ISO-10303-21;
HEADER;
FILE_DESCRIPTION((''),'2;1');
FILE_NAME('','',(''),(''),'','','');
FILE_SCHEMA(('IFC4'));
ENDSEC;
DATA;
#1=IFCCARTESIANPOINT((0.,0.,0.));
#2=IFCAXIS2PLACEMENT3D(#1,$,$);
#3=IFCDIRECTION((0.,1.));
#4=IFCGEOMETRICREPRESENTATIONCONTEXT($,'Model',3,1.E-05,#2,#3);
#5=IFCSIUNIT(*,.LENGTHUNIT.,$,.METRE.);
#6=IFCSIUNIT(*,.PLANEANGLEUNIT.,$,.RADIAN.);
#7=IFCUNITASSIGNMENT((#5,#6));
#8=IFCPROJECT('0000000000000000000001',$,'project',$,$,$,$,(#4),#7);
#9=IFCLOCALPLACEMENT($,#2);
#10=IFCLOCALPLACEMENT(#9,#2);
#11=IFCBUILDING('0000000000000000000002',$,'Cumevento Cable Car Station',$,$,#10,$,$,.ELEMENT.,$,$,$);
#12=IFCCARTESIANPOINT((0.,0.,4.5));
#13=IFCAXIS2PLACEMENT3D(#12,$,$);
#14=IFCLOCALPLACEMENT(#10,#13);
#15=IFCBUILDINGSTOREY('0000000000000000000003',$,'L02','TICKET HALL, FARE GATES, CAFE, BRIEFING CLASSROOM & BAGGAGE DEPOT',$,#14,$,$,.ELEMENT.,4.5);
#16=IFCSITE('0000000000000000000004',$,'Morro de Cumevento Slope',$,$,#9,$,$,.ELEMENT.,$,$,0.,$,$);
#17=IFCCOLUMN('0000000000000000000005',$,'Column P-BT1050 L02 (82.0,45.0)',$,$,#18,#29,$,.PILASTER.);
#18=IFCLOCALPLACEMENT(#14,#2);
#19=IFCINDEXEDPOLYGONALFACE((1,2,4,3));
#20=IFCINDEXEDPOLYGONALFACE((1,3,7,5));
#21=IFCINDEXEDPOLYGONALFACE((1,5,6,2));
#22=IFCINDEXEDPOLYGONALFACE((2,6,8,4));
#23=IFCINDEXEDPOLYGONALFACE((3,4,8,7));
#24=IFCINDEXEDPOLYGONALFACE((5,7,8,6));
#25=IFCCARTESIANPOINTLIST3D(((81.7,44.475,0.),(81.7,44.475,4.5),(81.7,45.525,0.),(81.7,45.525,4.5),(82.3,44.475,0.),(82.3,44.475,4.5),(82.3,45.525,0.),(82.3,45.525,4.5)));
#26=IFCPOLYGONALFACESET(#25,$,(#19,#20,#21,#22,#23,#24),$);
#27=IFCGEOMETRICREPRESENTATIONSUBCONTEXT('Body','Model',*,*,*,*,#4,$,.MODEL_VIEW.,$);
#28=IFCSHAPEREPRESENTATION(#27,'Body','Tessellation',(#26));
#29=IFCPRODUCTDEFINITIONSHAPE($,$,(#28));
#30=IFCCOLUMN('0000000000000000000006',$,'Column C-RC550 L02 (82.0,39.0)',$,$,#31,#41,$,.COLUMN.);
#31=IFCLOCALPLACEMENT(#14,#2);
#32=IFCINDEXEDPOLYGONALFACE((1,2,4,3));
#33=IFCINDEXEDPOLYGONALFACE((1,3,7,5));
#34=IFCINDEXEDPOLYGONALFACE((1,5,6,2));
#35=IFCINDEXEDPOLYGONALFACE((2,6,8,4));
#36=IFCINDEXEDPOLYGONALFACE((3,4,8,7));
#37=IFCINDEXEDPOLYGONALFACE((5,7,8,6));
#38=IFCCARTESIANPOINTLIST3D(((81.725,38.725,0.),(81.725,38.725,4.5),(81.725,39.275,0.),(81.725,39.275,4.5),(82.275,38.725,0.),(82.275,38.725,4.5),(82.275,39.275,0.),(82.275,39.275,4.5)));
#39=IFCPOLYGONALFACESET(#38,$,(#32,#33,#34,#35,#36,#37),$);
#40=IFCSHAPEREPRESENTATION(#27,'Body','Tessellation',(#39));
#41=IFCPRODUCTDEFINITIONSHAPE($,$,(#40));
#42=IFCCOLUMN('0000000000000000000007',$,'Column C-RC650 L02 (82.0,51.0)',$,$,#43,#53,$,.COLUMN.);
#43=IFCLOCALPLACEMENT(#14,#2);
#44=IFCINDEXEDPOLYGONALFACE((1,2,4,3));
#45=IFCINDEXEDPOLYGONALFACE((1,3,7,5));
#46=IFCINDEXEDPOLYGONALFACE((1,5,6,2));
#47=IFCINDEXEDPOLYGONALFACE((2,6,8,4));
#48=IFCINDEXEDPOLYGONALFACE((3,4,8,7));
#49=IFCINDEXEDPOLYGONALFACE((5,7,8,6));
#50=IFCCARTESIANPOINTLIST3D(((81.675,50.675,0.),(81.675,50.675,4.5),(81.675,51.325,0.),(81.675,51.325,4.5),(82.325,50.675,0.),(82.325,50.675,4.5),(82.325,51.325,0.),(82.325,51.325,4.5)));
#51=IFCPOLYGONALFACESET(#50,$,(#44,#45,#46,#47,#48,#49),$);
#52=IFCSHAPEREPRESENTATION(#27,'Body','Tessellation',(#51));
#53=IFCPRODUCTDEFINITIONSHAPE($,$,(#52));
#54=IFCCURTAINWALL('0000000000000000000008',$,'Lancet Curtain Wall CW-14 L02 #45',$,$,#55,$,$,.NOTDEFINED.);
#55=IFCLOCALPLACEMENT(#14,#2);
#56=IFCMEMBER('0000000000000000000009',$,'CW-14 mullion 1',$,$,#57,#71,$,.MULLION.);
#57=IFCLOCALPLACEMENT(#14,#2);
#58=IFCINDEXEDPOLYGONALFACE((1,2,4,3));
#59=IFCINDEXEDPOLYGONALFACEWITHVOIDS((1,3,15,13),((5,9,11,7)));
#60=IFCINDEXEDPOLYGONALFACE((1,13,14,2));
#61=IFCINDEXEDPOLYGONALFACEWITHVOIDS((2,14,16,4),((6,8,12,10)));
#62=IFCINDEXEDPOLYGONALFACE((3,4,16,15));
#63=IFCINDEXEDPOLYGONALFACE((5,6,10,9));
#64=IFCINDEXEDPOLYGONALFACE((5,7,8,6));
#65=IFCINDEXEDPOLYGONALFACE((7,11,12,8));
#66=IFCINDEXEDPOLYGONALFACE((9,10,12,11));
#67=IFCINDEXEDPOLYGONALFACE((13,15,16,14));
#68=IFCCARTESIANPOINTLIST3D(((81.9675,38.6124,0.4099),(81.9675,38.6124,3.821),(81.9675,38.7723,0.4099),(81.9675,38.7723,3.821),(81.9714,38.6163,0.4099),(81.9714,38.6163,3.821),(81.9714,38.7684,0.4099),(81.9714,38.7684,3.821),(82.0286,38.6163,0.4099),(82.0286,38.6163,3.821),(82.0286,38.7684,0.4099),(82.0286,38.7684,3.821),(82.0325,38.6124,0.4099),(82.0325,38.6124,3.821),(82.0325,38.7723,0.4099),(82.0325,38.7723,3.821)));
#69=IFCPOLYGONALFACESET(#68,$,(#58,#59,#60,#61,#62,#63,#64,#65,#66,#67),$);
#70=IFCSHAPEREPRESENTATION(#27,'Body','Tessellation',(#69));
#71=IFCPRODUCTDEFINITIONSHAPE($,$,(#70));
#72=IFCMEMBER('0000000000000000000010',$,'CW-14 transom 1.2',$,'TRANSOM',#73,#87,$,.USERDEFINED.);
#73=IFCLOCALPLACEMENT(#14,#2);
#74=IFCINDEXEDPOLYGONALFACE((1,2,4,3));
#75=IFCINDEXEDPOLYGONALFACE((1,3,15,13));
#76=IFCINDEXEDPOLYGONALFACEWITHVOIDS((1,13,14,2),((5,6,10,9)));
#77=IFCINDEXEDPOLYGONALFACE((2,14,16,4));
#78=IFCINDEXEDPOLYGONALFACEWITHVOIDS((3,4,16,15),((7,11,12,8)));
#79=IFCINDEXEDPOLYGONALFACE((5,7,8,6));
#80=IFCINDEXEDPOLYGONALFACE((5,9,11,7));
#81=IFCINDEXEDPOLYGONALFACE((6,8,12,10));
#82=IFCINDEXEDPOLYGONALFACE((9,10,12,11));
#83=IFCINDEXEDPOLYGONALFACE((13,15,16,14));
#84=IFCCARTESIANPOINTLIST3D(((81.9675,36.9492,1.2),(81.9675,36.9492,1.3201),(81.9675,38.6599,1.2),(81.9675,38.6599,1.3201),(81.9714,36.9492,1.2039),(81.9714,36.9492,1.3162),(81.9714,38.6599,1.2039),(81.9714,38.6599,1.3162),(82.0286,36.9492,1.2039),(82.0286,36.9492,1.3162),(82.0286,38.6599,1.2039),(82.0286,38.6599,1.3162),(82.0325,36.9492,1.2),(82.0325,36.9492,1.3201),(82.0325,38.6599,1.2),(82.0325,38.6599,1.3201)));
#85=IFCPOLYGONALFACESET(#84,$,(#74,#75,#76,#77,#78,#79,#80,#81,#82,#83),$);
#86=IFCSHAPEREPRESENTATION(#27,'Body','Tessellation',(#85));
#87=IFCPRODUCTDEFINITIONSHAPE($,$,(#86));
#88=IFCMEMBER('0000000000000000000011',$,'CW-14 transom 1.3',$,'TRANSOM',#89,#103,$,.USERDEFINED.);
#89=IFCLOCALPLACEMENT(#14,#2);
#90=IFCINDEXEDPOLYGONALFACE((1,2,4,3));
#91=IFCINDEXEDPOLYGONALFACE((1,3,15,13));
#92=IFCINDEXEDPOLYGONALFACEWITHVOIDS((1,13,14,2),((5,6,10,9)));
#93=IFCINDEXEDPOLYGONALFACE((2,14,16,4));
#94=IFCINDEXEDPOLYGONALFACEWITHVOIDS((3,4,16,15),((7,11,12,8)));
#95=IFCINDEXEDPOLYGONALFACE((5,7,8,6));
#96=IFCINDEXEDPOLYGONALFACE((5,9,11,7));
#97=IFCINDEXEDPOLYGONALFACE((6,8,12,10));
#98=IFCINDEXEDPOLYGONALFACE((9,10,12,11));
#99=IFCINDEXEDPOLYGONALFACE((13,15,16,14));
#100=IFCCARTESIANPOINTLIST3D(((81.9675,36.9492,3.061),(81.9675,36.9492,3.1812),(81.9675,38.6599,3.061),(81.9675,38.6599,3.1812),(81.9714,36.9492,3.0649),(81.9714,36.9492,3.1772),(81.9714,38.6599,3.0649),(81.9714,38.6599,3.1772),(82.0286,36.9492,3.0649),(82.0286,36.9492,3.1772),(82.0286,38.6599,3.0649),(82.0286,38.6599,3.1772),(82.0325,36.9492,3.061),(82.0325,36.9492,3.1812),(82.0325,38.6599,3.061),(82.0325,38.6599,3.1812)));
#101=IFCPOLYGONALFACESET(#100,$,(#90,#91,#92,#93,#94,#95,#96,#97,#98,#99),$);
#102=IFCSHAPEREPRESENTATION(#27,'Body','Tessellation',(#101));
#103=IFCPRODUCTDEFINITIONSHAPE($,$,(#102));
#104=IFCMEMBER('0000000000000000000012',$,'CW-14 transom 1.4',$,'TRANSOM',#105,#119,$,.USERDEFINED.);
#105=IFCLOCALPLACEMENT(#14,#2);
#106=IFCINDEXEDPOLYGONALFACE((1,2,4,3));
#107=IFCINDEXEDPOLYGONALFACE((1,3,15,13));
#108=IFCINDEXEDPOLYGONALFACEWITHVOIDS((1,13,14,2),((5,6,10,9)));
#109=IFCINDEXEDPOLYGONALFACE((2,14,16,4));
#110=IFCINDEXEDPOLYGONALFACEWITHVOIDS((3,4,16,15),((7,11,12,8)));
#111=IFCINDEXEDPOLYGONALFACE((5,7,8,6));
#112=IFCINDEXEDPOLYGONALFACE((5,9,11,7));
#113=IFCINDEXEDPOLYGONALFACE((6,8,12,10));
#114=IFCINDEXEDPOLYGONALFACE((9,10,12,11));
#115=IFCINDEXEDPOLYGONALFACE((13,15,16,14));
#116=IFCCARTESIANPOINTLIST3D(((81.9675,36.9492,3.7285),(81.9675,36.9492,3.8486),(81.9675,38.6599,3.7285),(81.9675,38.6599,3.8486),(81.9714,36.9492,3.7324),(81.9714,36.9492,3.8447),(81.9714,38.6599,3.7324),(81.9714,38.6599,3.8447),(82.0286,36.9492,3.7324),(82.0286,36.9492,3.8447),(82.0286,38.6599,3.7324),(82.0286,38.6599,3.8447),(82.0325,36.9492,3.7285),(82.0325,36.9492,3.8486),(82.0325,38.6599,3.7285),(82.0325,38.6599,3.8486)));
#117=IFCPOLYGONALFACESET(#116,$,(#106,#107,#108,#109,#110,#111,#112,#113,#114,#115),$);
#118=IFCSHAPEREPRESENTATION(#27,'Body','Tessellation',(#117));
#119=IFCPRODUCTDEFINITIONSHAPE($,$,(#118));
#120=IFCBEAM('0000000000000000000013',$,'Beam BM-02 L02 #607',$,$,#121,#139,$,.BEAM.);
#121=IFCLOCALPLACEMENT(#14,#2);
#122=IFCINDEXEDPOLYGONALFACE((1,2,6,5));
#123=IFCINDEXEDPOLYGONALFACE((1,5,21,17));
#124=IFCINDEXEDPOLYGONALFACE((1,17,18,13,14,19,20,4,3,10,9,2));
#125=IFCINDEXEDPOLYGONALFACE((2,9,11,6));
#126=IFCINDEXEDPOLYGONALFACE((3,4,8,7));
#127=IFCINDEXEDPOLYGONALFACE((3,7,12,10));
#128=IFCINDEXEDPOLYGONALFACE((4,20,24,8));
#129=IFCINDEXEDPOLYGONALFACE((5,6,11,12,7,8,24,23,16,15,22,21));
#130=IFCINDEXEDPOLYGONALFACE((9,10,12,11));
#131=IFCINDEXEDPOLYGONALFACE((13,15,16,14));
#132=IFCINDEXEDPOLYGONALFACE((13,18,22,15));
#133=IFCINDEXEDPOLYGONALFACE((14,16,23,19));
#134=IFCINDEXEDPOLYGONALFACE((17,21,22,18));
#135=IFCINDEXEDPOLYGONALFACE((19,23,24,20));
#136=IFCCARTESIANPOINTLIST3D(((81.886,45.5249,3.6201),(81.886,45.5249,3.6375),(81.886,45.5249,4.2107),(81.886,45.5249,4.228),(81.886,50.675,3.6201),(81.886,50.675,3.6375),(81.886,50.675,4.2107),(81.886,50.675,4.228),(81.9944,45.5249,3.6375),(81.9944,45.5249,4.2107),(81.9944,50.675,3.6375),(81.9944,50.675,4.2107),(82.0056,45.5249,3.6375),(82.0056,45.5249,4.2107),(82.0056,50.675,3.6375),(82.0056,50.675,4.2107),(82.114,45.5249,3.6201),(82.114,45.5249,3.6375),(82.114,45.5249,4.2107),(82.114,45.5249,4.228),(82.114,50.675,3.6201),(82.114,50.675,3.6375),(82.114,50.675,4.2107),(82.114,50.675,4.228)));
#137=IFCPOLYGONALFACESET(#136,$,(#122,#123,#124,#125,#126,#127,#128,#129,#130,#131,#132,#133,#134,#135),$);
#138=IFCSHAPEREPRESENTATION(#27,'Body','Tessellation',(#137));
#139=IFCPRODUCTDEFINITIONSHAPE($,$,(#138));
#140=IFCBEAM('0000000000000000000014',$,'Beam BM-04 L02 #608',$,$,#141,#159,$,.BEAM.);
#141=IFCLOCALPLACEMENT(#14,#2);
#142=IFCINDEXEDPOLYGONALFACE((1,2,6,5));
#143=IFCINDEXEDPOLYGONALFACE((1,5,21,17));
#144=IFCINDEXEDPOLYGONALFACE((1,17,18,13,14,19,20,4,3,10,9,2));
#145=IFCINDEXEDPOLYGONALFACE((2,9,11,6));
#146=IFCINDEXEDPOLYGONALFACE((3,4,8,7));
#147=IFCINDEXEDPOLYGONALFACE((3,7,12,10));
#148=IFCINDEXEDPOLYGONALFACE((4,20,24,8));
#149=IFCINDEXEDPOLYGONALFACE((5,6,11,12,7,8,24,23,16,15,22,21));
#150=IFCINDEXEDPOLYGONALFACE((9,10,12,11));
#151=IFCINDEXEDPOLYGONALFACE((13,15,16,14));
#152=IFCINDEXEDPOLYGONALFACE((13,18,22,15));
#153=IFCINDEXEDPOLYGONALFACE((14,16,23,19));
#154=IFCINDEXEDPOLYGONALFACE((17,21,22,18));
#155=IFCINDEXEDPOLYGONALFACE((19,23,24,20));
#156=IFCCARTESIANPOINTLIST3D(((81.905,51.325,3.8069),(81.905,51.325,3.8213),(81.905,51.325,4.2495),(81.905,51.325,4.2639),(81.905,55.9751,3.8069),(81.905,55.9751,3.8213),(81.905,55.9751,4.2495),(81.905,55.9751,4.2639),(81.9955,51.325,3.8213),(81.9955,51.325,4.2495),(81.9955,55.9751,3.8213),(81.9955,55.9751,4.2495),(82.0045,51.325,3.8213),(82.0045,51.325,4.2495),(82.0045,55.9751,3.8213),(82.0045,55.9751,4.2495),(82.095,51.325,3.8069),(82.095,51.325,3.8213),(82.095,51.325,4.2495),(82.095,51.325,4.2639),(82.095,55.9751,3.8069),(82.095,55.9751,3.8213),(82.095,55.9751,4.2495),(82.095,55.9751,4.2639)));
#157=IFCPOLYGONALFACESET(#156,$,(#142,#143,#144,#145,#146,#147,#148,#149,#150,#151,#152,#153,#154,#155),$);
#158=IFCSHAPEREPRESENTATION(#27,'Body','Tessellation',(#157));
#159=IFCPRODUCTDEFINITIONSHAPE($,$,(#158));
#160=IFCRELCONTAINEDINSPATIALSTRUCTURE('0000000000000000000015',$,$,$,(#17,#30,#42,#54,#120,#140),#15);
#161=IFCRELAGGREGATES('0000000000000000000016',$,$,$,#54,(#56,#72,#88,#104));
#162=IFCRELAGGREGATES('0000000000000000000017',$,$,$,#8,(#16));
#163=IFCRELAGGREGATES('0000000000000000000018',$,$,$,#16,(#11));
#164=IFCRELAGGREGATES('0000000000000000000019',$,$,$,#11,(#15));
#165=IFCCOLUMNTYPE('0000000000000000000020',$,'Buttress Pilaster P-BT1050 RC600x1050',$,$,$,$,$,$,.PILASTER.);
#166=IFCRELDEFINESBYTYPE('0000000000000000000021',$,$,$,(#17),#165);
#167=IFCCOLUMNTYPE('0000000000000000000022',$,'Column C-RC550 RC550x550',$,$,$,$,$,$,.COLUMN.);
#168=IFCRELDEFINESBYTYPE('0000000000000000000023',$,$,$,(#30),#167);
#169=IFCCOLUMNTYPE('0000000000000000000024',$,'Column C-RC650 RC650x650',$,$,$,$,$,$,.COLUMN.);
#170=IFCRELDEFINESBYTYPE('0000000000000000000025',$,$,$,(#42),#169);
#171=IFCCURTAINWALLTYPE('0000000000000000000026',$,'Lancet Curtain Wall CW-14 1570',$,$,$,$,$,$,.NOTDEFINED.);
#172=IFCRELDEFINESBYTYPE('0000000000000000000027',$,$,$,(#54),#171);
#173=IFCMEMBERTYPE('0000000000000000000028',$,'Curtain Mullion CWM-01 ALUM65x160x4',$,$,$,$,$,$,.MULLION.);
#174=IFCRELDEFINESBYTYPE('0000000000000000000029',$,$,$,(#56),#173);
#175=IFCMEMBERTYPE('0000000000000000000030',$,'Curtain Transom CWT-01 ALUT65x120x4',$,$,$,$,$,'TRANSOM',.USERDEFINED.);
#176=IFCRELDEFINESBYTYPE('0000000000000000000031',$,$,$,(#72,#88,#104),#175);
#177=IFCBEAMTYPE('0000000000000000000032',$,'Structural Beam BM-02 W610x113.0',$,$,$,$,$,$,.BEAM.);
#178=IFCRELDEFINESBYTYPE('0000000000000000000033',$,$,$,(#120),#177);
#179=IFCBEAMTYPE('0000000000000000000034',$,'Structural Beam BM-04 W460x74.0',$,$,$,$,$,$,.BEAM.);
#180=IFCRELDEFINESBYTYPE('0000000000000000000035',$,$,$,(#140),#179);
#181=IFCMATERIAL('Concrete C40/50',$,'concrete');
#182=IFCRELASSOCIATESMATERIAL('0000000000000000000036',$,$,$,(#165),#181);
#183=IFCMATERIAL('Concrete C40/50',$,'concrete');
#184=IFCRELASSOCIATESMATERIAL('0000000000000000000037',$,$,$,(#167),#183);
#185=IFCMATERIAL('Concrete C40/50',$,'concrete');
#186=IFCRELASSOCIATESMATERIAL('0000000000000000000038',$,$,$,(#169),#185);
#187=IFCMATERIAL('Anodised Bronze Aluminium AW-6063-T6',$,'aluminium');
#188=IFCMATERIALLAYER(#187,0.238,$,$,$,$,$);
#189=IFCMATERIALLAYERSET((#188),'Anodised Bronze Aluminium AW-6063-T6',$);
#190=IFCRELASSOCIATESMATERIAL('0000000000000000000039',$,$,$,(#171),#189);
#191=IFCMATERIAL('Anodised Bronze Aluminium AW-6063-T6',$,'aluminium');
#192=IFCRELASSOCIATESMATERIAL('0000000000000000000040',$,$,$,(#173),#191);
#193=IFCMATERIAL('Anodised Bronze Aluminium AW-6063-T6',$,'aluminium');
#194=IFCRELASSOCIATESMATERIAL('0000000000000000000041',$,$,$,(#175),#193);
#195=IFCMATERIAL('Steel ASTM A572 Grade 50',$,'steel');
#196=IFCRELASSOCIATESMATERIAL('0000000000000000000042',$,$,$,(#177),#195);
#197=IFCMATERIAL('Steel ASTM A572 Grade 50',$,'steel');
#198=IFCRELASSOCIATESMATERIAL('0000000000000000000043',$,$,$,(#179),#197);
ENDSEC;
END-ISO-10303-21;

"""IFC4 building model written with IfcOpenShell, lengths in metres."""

from ifc_helpers import new_model, si_unit, direction, frame, origin, origin_2d, place, context, subcontext, project, spatial, rectangle, hollow_rectangle, i_section, extrude, material, layer, layer_set, material_profile, profile_set, type_object, element, aggregate, save


model = new_model("IFC4")

# Units and contexts
model_context = context("Model", 3, precision=1e-05, world=origin(), true_north=direction((0.0, 1.0)))
body_context = subcontext(model_context, "Body", "Model", "MODEL_VIEW")
ifc_project = project(units=[si_unit("LENGTHUNIT", "METRE"), si_unit("PLANEANGLEUNIT", "RADIAN")], contexts=[model_context])

# Site, building, storey
site_placement = place(None, origin())
site = spatial("IfcSite", under=ifc_project, at=site_placement, Name="Morro de Cumevento Slope", CompositionType="ELEMENT", RefElevation=0.0)
building_placement = place(site_placement, origin())
building = spatial("IfcBuilding", under=site, at=building_placement, Name="Cumevento Cable Car Station", CompositionType="ELEMENT")
storey_placement = place(building_placement, frame((0.0, 0.0, 4.5)))
storey = spatial("IfcBuildingStorey", under=building, at=storey_placement, Name="L02", Description="TICKET HALL, FARE GATES, CAFE, BRIEFING CLASSROOM & BAGGAGE DEPOT", CompositionType="ELEMENT", Elevation=4.5)

# Columns
ifc_material_1 = material(Name="Concrete C40/50", Category="concrete")
ifc_material_profile_1 = material_profile(ifc_material_1, rectangle(XDim=0.6001, YDim=1.05, at=origin_2d()), Name="RC600x1050")
ifc_profile_set_1 = profile_set([ifc_material_profile_1], Name="Concrete C40/50")
column_type_1 = type_object("IfcColumnType", Name="Buttress Pilaster P-BT1050 RC600x1050", PredefinedType="PILASTER", material=ifc_profile_set_1)
column_1_placement = place(storey_placement, frame((82.0, 45.0, 0.0), z_axis=(0.0, 0.0, 1.0), x_axis=(1.0, 0.0, 0.0)))
element("IfcColumn", 1, at=column_1_placement, inside=storey, type_object=column_type_1, Name="Column P-BT1050 L02 (82.0,45.0)", PredefinedType="PILASTER", context=body_context, shape_type="SweptSolid", body=[
    extrude(rectangle(XDim=0.6001, YDim=1.05, at=origin_2d()), origin(), (0.0, 0.0, 1.0), 4.5),
])
ifc_material_2 = material(Name="Concrete C40/50", Category="concrete")
ifc_material_profile_2 = material_profile(ifc_material_2, rectangle(XDim=0.55, YDim=0.55, at=origin_2d()), Name="RC550x550")
ifc_profile_set_2 = profile_set([ifc_material_profile_2], Name="Concrete C40/50")
column_type_2 = type_object("IfcColumnType", Name="Column C-RC550 RC550x550", PredefinedType="COLUMN", material=ifc_profile_set_2)
column_2_placement = place(storey_placement, frame((82.0, 39.0, 0.0), z_axis=(0.0, 0.0, 1.0), x_axis=(1.0, 0.0, 0.0)))
element("IfcColumn", 2, at=column_2_placement, inside=storey, type_object=column_type_2, Name="Column C-RC550 L02 (82.0,39.0)", PredefinedType="COLUMN", context=body_context, shape_type="SweptSolid", body=[
    extrude(rectangle(XDim=0.55, YDim=0.55, at=origin_2d()), origin(), (0.0, 0.0, 1.0), 4.5),
])
ifc_material_3 = material(Name="Concrete C40/50", Category="concrete")
ifc_material_profile_3 = material_profile(ifc_material_3, rectangle(XDim=0.6499, YDim=0.6499, at=origin_2d()), Name="RC650x650")
ifc_profile_set_3 = profile_set([ifc_material_profile_3], Name="Concrete C40/50")
column_type_3 = type_object("IfcColumnType", Name="Column C-RC650 RC650x650", PredefinedType="COLUMN", material=ifc_profile_set_3)
column_3_placement = place(storey_placement, frame((82.0, 51.0, 0.0), z_axis=(0.0, 0.0, 1.0), x_axis=(1.0, 0.0, 0.0)))
element("IfcColumn", 3, at=column_3_placement, inside=storey, type_object=column_type_3, Name="Column C-RC650 L02 (82.0,51.0)", PredefinedType="COLUMN", context=body_context, shape_type="SweptSolid", body=[
    extrude(rectangle(XDim=0.6499, YDim=0.6499, at=origin_2d()), origin(), (0.0, 0.0, 1.0), 4.5),
])

# Curtain wall, members
ifc_material_4 = material(Name="Anodised Bronze Aluminium AW-6063-T6", Category="aluminium")
ifc_layer_1 = layer(ifc_material_4, 0.238)
ifc_layer_set_1 = layer_set([ifc_layer_1], Name="Anodised Bronze Aluminium AW-6063-T6")
curtain_wall_type = type_object("IfcCurtainWallType", Name="Lancet Curtain Wall CW-14 1570", PredefinedType="NOTDEFINED", material=ifc_layer_set_1)
curtain_wall_placement = place(storey_placement, origin())
curtain_wall = element("IfcCurtainWall", 4, at=curtain_wall_placement, inside=storey, type_object=curtain_wall_type, Name="Lancet Curtain Wall CW-14 L02 #45", PredefinedType="NOTDEFINED")
ifc_material_5 = material(Name="Anodised Bronze Aluminium AW-6063-T6", Category="aluminium")
ifc_material_profile_4 = material_profile(ifc_material_5, hollow_rectangle(XDim=0.0649, YDim=0.1599, WallThickness=0.0039, at=origin_2d()), Name="ALUM65x160x4")
ifc_profile_set_4 = profile_set([ifc_material_profile_4], Name="Anodised Bronze Aluminium AW-6063-T6")
member_type_1 = type_object("IfcMemberType", Name="Curtain Mullion CWM-01 ALUM65x160x4", PredefinedType="MULLION", material=ifc_profile_set_4)
member_1_placement = place(storey_placement, frame((82.0, 38.6924, 0.4099), z_axis=(0.0, 0.0, 1.0), x_axis=(1.0, 0.0, 0.0)))
member_1 = element("IfcMember", 5, at=member_1_placement, type_object=member_type_1, Name="CW-14 mullion 1", PredefinedType="MULLION", context=body_context, shape_type="SweptSolid", body=[
    extrude(hollow_rectangle(XDim=0.0649, YDim=0.1599, WallThickness=0.0039, at=origin_2d()), origin(), (0.0, 0.0, 1.0), 3.4111),
])
ifc_material_6 = material(Name="Anodised Bronze Aluminium AW-6063-T6", Category="aluminium")
ifc_material_profile_5 = material_profile(ifc_material_6, hollow_rectangle(XDim=0.0649, YDim=0.1201, WallThickness=0.0039, at=origin_2d()), Name="ALUT65x120x4")
ifc_profile_set_5 = profile_set([ifc_material_profile_5], Name="Anodised Bronze Aluminium AW-6063-T6")
member_type_2 = type_object("IfcMemberType", Name="Curtain Transom CWT-01 ALUT65x120x4", ElementType="TRANSOM", PredefinedType="USERDEFINED", material=ifc_profile_set_5)
member_2_placement = place(storey_placement, frame((82.0, 38.6599, 1.26), z_axis=(0.0, -1.0, 0.0), x_axis=(1.0, 0.0, 0.0)))
member_2 = element("IfcMember", 6, at=member_2_placement, type_object=member_type_2, Name="CW-14 transom 1.2", ObjectType="TRANSOM", PredefinedType="USERDEFINED", context=body_context, shape_type="SweptSolid", body=[
    extrude(hollow_rectangle(XDim=0.0649, YDim=0.1201, WallThickness=0.0039, at=origin_2d()), origin(), (0.0, 0.0, 1.0), 1.7107),
])
member_3_placement = place(storey_placement, frame((82.0, 38.6599, 3.1211), z_axis=(0.0, -1.0, 0.0), x_axis=(1.0, 0.0, 0.0)))
member_3 = element("IfcMember", 7, at=member_3_placement, type_object=member_type_2, Name="CW-14 transom 1.3", ObjectType="TRANSOM", PredefinedType="USERDEFINED", context=body_context, shape_type="SweptSolid", body=[
    extrude(hollow_rectangle(XDim=0.0649, YDim=0.1201, WallThickness=0.0039, at=origin_2d()), origin(), (0.0, 0.0, 1.0), 1.7107),
])
member_4_placement = place(storey_placement, frame((82.0, 38.6599, 3.7886), z_axis=(0.0, -1.0, 0.0), x_axis=(1.0, 0.0, 0.0)))
member_4 = element("IfcMember", 8, at=member_4_placement, type_object=member_type_2, Name="CW-14 transom 1.4", ObjectType="TRANSOM", PredefinedType="USERDEFINED", context=body_context, shape_type="SweptSolid", body=[
    extrude(hollow_rectangle(XDim=0.0649, YDim=0.1201, WallThickness=0.0039, at=origin_2d()), origin(), (0.0, 0.0, 1.0), 1.7107),
])
aggregate(curtain_wall, [member_1, member_2, member_3, member_4])

# Beams
ifc_material_7 = material(Name="Steel ASTM A572 Grade 50", Category="steel")
ifc_material_profile_6 = material_profile(ifc_material_7, i_section(OverallWidth=0.228, OverallDepth=0.6079, WebThickness=0.0112, FlangeThickness=0.0173, at=origin_2d()), Name="W610x113.0")
ifc_profile_set_6 = profile_set([ifc_material_profile_6], Name="Steel ASTM A572 Grade 50")
beam_type_1 = type_object("IfcBeamType", Name="Structural Beam BM-02 W610x113.0", PredefinedType="BEAM", material=ifc_profile_set_6)
beam_1_placement = place(storey_placement, frame((82.0, 45.5249, 3.9241), z_axis=(0.0, 1.0, 0.0), x_axis=(-1.0, 0.0, 0.0)))
element("IfcBeam", 9, at=beam_1_placement, inside=storey, type_object=beam_type_1, Name="Beam BM-02 L02 #607", PredefinedType="BEAM", context=body_context, shape_type="SweptSolid", body=[
    extrude(i_section(OverallWidth=0.228, OverallDepth=0.6079, WebThickness=0.0112, FlangeThickness=0.0173, at=origin_2d()), origin(), (0.0, 0.0, 1.0), 5.1501),
])
ifc_material_8 = material(Name="Steel ASTM A572 Grade 50", Category="steel")
ifc_material_profile_7 = material_profile(ifc_material_8, i_section(OverallWidth=0.1899, OverallDepth=0.457, WebThickness=0.009, FlangeThickness=0.0144, at=origin_2d()), Name="W460x74.0")
ifc_profile_set_7 = profile_set([ifc_material_profile_7], Name="Steel ASTM A572 Grade 50")
beam_type_2 = type_object("IfcBeamType", Name="Structural Beam BM-04 W460x74.0", PredefinedType="BEAM", material=ifc_profile_set_7)
beam_2_placement = place(storey_placement, frame((82.0, 51.325, 4.0354), z_axis=(0.0, 1.0, 0.0), x_axis=(-1.0, 0.0, 0.0)))
element("IfcBeam", 10, at=beam_2_placement, inside=storey, type_object=beam_type_2, Name="Beam BM-04 L02 #608", PredefinedType="BEAM", context=body_context, shape_type="SweptSolid", body=[
    extrude(i_section(OverallWidth=0.1899, OverallDepth=0.457, WebThickness=0.009, FlangeThickness=0.0144, at=origin_2d()), origin(), (0.0, 0.0, 1.0), 4.6501),
])

save(model, "model.ifc")
